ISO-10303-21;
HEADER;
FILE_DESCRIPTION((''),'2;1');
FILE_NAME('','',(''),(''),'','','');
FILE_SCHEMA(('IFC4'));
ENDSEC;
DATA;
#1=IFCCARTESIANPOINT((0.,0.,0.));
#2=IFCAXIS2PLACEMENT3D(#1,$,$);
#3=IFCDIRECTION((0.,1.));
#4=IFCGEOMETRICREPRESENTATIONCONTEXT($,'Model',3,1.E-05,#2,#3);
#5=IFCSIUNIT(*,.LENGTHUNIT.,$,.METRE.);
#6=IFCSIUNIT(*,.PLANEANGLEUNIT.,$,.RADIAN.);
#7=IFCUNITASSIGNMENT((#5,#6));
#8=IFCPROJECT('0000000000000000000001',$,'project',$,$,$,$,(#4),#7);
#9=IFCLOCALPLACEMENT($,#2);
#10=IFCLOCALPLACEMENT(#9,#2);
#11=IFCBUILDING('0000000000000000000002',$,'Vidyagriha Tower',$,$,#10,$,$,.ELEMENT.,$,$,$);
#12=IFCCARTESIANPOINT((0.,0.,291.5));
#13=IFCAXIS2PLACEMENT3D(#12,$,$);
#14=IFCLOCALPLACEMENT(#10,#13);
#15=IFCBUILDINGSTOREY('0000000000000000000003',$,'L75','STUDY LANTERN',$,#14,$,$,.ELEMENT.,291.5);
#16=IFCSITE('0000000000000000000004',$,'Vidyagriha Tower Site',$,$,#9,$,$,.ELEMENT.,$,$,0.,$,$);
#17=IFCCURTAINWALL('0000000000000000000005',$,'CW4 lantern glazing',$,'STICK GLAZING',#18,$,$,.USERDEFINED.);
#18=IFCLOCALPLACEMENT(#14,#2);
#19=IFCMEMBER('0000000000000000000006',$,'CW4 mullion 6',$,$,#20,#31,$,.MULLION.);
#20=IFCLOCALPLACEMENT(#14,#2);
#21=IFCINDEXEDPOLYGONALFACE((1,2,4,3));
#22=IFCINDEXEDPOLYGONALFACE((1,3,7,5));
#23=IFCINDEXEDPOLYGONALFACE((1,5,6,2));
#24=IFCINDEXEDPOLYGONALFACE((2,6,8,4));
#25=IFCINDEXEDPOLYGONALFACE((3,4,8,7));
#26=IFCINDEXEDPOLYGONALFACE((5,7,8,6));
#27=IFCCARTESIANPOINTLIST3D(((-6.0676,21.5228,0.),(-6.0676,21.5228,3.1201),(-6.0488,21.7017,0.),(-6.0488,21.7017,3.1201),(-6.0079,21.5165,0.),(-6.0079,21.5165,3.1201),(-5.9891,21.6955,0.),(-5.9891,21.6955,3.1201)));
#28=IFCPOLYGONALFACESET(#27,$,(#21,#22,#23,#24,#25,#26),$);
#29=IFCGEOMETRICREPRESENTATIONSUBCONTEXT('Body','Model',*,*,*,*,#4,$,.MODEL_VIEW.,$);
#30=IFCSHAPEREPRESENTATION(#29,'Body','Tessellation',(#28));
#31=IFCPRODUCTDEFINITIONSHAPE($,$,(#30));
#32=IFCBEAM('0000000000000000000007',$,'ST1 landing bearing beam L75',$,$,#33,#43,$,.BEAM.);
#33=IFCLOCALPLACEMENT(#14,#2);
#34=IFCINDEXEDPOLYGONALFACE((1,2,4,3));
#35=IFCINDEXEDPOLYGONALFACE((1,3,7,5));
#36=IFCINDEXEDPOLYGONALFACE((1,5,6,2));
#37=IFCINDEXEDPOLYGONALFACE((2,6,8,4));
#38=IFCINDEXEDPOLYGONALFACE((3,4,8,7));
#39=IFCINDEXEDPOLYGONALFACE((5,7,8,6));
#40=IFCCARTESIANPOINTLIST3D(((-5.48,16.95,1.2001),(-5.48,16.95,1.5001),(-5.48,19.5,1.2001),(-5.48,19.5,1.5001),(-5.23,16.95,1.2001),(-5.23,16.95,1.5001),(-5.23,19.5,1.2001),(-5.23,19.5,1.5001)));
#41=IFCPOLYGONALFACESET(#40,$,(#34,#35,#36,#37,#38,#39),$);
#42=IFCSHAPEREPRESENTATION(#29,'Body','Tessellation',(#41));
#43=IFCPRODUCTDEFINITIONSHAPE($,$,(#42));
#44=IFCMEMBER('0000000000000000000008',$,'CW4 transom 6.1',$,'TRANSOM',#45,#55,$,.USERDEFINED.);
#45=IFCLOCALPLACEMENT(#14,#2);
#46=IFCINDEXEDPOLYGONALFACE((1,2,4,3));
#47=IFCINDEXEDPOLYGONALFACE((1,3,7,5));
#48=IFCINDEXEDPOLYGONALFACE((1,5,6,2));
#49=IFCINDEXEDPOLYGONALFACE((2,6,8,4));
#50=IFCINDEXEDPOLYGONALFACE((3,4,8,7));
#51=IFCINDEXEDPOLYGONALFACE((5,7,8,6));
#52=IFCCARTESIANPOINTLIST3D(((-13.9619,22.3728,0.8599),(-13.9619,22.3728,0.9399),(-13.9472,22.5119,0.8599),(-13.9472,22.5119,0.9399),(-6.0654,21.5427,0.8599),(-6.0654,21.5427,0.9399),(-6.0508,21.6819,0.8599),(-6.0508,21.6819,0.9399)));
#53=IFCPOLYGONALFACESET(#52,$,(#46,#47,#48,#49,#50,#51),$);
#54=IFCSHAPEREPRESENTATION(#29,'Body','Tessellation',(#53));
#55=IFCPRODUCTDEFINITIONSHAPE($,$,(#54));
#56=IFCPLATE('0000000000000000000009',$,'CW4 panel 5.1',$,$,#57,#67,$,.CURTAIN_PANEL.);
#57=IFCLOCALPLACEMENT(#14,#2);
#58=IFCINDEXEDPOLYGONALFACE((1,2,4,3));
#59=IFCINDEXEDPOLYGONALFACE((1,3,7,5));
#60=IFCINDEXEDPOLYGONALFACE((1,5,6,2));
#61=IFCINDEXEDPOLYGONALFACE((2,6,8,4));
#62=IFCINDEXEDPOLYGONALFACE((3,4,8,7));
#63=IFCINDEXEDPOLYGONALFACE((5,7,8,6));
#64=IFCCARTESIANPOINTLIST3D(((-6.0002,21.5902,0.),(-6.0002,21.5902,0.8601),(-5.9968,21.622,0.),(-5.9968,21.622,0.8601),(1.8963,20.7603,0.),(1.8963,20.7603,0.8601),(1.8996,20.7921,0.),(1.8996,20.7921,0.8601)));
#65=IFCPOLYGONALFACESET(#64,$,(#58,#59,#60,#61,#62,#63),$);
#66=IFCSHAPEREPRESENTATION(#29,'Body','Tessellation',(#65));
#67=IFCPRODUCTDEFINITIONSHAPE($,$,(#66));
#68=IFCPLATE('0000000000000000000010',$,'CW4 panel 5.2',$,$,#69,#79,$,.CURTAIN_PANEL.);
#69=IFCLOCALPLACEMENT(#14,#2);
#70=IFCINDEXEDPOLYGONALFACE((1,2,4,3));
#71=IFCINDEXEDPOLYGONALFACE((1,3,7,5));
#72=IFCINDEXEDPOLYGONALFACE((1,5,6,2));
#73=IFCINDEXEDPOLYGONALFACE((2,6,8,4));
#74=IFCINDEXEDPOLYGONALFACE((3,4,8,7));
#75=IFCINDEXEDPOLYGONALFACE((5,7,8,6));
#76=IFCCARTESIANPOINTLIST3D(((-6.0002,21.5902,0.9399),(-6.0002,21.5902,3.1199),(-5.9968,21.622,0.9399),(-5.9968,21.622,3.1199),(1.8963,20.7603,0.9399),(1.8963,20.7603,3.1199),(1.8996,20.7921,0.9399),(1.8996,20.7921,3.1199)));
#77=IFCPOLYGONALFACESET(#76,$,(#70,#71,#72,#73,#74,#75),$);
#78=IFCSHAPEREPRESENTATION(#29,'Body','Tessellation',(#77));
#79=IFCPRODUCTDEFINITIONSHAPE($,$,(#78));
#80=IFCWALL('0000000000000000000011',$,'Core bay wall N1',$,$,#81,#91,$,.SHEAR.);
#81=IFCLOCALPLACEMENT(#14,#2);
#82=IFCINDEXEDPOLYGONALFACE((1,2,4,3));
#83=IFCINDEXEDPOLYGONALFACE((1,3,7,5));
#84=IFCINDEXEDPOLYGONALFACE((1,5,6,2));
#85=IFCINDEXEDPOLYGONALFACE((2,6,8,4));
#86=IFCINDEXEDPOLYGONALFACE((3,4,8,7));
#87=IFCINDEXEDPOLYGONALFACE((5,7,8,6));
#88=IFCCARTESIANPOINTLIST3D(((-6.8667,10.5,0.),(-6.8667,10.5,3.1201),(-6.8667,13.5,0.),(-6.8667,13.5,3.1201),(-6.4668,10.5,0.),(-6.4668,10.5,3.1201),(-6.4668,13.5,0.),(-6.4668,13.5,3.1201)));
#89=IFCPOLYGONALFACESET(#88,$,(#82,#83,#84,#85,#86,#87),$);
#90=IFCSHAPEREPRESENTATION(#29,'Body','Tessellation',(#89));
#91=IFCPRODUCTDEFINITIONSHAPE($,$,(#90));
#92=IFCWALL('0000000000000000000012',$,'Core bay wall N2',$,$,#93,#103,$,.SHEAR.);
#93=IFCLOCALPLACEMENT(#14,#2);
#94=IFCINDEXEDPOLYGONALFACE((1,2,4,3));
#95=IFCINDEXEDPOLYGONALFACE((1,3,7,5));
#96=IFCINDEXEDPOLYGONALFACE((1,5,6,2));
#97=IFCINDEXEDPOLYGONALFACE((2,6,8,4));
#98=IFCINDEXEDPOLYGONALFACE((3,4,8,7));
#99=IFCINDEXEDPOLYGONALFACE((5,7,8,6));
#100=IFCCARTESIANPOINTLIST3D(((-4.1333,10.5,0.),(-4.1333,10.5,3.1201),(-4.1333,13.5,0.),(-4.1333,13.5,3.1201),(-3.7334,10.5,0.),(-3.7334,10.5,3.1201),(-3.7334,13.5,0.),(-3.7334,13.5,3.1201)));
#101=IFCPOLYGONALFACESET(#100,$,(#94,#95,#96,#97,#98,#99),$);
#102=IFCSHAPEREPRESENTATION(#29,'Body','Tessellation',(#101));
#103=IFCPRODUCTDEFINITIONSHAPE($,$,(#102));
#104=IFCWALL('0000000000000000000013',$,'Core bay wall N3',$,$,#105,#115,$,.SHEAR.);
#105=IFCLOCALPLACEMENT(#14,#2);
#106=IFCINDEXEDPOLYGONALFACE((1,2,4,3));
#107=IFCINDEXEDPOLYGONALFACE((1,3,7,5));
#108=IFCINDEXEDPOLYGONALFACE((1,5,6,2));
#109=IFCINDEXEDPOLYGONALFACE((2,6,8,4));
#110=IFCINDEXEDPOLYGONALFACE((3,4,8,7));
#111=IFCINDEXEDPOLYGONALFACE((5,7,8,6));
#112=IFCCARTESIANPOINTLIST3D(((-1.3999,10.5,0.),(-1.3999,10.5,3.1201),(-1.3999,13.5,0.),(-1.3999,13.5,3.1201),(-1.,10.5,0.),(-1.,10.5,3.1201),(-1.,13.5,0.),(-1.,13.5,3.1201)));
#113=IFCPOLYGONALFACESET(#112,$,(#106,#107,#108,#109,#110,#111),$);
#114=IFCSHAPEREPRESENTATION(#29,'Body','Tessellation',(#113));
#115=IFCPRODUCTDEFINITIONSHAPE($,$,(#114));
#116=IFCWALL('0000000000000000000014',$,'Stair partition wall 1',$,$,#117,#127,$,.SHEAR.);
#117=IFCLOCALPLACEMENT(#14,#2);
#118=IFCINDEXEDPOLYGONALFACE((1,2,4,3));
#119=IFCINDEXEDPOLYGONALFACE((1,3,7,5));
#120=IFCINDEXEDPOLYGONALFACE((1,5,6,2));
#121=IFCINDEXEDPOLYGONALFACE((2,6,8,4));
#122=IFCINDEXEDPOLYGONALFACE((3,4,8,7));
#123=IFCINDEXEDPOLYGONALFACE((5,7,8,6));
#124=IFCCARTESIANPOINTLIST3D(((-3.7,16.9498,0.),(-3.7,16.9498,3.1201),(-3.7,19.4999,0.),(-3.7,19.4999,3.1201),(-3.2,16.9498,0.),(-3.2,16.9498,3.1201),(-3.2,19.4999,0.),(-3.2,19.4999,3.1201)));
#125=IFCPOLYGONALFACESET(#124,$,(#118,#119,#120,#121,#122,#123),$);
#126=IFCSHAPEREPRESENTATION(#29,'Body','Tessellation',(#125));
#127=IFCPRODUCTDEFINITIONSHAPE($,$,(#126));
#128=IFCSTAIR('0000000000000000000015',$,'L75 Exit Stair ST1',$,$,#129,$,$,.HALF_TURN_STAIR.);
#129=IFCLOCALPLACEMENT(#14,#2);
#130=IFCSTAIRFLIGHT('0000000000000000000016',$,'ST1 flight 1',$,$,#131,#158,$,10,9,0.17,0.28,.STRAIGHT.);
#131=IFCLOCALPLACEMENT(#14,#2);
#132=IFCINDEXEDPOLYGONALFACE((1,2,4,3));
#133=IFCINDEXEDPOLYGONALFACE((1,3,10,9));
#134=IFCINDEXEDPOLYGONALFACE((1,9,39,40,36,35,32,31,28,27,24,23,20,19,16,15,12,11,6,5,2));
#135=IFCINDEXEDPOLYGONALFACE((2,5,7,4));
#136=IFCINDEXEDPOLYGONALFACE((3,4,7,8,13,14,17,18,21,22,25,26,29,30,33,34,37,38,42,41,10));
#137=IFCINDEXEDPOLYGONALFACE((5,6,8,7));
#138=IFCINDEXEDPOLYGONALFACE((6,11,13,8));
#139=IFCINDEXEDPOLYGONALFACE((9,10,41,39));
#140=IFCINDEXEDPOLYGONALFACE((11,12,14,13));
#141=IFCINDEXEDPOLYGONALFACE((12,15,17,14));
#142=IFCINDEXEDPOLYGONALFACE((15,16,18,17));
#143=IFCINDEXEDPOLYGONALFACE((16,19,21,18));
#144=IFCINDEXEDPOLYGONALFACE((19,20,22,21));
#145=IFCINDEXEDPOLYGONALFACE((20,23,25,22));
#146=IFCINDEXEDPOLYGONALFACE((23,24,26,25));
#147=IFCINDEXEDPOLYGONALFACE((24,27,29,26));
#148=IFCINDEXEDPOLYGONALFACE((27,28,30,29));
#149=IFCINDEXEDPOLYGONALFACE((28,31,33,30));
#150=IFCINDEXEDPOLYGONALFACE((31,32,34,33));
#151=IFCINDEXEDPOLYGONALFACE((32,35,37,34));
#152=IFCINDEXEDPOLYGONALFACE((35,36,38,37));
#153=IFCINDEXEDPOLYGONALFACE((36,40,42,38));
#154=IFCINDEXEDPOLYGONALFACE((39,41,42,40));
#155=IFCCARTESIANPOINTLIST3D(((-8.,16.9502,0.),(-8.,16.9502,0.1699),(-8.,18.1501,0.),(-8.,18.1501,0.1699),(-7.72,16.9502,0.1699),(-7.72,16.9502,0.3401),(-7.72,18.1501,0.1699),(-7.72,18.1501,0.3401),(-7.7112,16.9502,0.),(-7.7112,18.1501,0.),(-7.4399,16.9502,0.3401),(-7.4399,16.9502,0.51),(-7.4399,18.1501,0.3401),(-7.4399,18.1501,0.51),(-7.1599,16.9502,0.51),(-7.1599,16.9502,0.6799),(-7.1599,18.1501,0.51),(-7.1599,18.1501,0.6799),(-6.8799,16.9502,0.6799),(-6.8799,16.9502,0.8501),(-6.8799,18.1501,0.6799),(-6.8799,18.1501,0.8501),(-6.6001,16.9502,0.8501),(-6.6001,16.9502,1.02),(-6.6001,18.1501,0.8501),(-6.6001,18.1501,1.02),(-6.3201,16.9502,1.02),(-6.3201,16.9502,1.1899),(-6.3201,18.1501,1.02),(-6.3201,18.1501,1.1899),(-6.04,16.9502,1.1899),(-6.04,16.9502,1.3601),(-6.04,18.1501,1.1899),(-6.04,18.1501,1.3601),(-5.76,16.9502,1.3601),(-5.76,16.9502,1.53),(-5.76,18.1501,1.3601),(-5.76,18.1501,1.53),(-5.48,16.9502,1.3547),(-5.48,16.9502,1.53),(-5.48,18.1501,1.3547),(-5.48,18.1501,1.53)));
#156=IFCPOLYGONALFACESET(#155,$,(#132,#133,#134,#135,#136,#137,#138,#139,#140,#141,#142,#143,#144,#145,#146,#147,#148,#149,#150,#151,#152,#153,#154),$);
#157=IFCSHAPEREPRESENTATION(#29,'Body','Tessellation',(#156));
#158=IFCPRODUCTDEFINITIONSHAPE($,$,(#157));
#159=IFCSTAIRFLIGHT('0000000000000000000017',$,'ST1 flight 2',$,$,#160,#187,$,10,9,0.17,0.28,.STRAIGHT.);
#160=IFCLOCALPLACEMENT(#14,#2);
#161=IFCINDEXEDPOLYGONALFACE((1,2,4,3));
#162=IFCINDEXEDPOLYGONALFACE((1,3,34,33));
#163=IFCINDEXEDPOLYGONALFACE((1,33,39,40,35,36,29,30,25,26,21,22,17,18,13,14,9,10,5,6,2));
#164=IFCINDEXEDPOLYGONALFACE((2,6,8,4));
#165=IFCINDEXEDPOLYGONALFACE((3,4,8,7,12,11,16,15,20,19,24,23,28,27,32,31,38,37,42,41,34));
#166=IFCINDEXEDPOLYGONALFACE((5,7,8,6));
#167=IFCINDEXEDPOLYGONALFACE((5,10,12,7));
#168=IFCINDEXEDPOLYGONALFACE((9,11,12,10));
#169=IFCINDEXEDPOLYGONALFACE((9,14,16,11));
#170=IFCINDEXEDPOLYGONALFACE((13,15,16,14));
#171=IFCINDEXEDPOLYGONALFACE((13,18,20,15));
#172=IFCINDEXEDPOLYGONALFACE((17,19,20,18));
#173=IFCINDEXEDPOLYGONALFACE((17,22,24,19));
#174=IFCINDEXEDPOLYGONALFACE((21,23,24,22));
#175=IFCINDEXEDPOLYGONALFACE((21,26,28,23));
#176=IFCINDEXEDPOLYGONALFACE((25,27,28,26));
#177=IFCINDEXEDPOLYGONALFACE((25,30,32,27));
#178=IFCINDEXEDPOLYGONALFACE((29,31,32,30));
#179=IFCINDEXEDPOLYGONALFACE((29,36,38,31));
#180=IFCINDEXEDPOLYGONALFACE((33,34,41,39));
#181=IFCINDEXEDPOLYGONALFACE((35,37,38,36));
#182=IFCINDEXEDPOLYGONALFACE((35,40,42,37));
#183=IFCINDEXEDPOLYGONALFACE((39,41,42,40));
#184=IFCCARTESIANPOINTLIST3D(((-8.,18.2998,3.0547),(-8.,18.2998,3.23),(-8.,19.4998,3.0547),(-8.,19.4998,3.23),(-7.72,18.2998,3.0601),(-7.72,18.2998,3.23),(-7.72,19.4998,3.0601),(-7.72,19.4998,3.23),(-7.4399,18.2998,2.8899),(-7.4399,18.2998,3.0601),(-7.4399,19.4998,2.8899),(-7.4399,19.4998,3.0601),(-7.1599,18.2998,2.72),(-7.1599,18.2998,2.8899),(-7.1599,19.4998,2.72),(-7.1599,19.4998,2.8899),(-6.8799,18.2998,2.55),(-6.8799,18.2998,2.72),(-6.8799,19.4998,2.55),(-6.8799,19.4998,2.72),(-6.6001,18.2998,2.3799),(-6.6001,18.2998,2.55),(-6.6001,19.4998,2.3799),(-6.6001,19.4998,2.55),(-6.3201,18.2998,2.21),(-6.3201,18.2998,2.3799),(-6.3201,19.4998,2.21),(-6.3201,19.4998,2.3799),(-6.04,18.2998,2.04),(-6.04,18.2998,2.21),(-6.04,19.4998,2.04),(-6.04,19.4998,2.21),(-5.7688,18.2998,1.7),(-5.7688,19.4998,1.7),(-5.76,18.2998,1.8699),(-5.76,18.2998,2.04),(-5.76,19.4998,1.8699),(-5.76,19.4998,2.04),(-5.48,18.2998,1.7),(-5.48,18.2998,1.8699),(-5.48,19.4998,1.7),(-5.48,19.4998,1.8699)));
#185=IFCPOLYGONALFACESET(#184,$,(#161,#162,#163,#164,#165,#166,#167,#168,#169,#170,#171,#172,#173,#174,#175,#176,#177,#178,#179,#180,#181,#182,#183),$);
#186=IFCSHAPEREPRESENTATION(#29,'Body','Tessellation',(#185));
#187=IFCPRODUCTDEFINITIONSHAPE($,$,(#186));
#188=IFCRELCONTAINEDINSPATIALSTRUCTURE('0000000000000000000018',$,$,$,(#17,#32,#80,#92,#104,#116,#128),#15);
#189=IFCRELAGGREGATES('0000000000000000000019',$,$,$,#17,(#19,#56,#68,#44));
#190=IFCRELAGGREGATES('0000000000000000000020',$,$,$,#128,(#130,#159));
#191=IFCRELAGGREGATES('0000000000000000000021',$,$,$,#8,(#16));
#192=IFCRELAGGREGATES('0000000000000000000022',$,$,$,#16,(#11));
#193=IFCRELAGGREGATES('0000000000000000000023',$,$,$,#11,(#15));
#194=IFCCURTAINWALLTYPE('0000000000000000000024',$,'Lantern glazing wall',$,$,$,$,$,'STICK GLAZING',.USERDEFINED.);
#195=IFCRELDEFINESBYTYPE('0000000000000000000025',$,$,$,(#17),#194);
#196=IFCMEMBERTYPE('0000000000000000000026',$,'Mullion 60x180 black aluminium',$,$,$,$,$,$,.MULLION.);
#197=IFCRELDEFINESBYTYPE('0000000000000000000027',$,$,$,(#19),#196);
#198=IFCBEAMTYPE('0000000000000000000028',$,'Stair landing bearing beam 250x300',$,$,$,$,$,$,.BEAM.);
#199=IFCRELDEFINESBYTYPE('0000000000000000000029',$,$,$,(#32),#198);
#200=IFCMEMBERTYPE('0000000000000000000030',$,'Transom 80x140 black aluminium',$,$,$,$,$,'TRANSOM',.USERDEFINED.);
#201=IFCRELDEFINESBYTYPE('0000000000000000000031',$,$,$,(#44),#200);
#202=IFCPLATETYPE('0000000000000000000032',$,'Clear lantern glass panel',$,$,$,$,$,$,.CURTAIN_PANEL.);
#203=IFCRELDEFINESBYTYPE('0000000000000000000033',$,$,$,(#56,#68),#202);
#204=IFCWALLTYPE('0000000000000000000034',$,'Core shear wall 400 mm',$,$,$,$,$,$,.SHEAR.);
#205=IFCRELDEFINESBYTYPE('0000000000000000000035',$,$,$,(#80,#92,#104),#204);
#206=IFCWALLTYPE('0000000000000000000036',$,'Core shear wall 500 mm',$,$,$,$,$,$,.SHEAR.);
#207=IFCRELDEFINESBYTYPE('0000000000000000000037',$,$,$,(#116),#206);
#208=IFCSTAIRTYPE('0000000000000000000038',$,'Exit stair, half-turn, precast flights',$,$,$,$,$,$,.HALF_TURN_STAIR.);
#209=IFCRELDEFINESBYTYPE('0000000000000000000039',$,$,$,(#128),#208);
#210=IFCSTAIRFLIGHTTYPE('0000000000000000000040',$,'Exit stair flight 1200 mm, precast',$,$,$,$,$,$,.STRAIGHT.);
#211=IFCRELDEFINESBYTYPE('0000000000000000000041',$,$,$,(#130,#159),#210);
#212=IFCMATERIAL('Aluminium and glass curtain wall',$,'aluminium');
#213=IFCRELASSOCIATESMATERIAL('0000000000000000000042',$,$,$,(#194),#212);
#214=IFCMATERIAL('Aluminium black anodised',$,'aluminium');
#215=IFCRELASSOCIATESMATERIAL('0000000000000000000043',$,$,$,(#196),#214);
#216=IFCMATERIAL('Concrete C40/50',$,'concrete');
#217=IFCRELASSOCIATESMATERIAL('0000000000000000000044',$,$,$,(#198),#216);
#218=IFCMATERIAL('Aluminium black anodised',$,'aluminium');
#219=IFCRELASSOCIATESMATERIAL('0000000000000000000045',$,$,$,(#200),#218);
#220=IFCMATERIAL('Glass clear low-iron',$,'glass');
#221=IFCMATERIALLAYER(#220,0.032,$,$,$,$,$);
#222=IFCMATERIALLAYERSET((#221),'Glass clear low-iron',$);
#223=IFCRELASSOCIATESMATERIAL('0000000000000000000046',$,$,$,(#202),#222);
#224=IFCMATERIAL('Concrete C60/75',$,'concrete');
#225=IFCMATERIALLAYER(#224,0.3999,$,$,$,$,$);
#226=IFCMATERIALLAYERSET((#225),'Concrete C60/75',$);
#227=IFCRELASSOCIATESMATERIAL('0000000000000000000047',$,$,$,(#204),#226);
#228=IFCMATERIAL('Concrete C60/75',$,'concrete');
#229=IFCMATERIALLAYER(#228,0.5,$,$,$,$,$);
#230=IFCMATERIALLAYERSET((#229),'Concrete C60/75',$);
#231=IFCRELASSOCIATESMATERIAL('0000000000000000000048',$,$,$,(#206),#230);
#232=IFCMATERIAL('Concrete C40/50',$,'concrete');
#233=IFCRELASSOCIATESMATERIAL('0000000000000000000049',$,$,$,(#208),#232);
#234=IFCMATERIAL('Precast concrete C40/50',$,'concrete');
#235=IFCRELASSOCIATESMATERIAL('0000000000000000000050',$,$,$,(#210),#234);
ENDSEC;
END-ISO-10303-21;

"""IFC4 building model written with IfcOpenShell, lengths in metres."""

from ifc_helpers import new_model, si_unit, direction, frame, frame_2d, origin, origin_2d, place, context, subcontext, project, spatial, polyline, rectangle, outline, extrude, material, layer, layer_set, material_profile, profile_set, type_object, element, aggregate, save


model = new_model("IFC4")

# Units and contexts
model_context = context("Model", 3, precision=1e-05, world=origin(), true_north=direction((0.0, 1.0)))
body_context = subcontext(model_context, "Body", "Model", "MODEL_VIEW")
ifc_project = project(units=[si_unit("LENGTHUNIT", "METRE"), si_unit("PLANEANGLEUNIT", "RADIAN")], contexts=[model_context])

# Site, building, storey
site_placement = place(None, origin())
site = spatial("IfcSite", under=ifc_project, at=site_placement, Name="Vidyagriha Tower Site", CompositionType="ELEMENT", RefElevation=0.0)
building_placement = place(site_placement, origin())
building = spatial("IfcBuilding", under=site, at=building_placement, Name="Vidyagriha Tower", CompositionType="ELEMENT")
storey_placement = place(building_placement, frame((0.0, 0.0, 291.5)))
storey = spatial("IfcBuildingStorey", under=building, at=storey_placement, Name="L75", Description="STUDY LANTERN", CompositionType="ELEMENT", Elevation=291.5)

# Curtain wall, member
ifc_material_1 = material(Name="Aluminium and glass curtain wall", Category="aluminium")
curtain_wall_type = type_object("IfcCurtainWallType", Name="Lantern glazing wall", ElementType="STICK GLAZING", PredefinedType="USERDEFINED", material=ifc_material_1)
curtain_wall_placement = place(storey_placement, origin())
curtain_wall = element("IfcCurtainWall", 1, at=curtain_wall_placement, inside=storey, type_object=curtain_wall_type, Name="CW4 lantern glazing", ObjectType="STICK GLAZING", PredefinedType="USERDEFINED")
ifc_material_2 = material(Name="Aluminium black anodised", Category="aluminium")
ifc_material_profile_1 = material_profile(ifc_material_2, rectangle(XDim=0.1799, YDim=0.0601, at=origin_2d()), Name="Mullion 60x180 black aluminium")
ifc_profile_set_1 = profile_set([ifc_material_profile_1], Name="Aluminium black anodised")
member_type_1 = type_object("IfcMemberType", Name="Mullion 60x180 black aluminium", PredefinedType="MULLION", material=ifc_profile_set_1)
member_1_placement = place(storey_placement, frame((-6.0283, 21.6091, 0.0), z_axis=(0.0, 0.0, 1.0), x_axis=(-0.104528, -0.994522, 0.0)))
member_1 = element("IfcMember", 2, at=member_1_placement, type_object=member_type_1, Name="CW4 mullion 6", PredefinedType="MULLION", context=body_context, shape_type="SweptSolid", body=[
    extrude(rectangle(XDim=0.1799, YDim=0.0601, at=origin_2d()), origin(), (0.0, 0.0, 1.0), 3.1201),
])

# Beam
ifc_material_3 = material(Name="Concrete C40/50", Category="concrete")
ifc_material_profile_2 = material_profile(ifc_material_3, rectangle(XDim=0.25, YDim=0.3, at=origin_2d()), Name="Stair landing bearing beam 250x300")
ifc_profile_set_2 = profile_set([ifc_material_profile_2], Name="Concrete C40/50")
beam_type = type_object("IfcBeamType", Name="Stair landing bearing beam 250x300", PredefinedType="BEAM", material=ifc_profile_set_2)
beam_placement = place(storey_placement, frame((-5.355, 16.95, 1.3501), z_axis=(0.0, 1.0, 0.0), x_axis=(-1.0, 0.0, 0.0)))
element("IfcBeam", 3, at=beam_placement, inside=storey, type_object=beam_type, Name="ST1 landing bearing beam L75", PredefinedType="BEAM", context=body_context, shape_type="SweptSolid", body=[
    extrude(rectangle(XDim=0.25, YDim=0.3, at=origin_2d()), origin(), (0.0, 0.0, 1.0), 2.55),
])

# Member
ifc_material_4 = material(Name="Aluminium black anodised", Category="aluminium")
ifc_material_profile_3 = material_profile(ifc_material_4, rectangle(XDim=0.1399, YDim=0.0801, at=origin_2d()), Name="Transom 80x140 black aluminium")
ifc_profile_set_3 = profile_set([ifc_material_profile_3], Name="Aluminium black anodised")
member_type_2 = type_object("IfcMemberType", Name="Transom 80x140 black aluminium", ElementType="TRANSOM", PredefinedType="USERDEFINED", material=ifc_profile_set_3)
member_2_placement = place(storey_placement, frame((-6.0581, 21.6123, 0.8999), z_axis=(-0.99452, 0.104544, 0.0), x_axis=(-0.104544, -0.99452, 0.0)))
member_2 = element("IfcMember", 4, at=member_2_placement, type_object=member_type_2, Name="CW4 transom 6.1", ObjectType="TRANSOM", PredefinedType="USERDEFINED", context=body_context, shape_type="SweptSolid", body=[
    extrude(rectangle(XDim=0.1399, YDim=0.0801, at=origin_2d()), origin(), (0.0, 0.0, 1.0), 7.9399),
])

# Plates
ifc_material_5 = material(Name="Glass clear low-iron", Category="glass")
ifc_layer_1 = layer(ifc_material_5, 0.032)
ifc_layer_set_1 = layer_set([ifc_layer_1], Name="Glass clear low-iron")
plate_type = type_object("IfcPlateType", Name="Clear lantern glass panel", PredefinedType="CURTAIN_PANEL", material=ifc_layer_set_1)
plate_1_placement = place(storey_placement, frame((-2.0503, 21.1912, 0.0), z_axis=(0.0, 0.0, 1.0), x_axis=(-0.994522, 0.104528, 0.0)))
plate_1 = element("IfcPlate", 5, at=plate_1_placement, type_object=plate_type, Name="CW4 panel 5.1", PredefinedType="CURTAIN_PANEL", context=body_context, shape_type="SweptSolid", body=[
    extrude(rectangle(XDim=7.9399, YDim=0.032, at=origin_2d()), origin(), (0.0, 0.0, 1.0), 0.8601),
])
plate_2_placement = place(storey_placement, frame((-2.0503, 21.1912, 0.9399), z_axis=(0.0, 0.0, 1.0), x_axis=(-0.994522, 0.104528, 0.0)))
plate_2 = element("IfcPlate", 6, at=plate_2_placement, type_object=plate_type, Name="CW4 panel 5.2", PredefinedType="CURTAIN_PANEL", context=body_context, shape_type="SweptSolid", body=[
    extrude(rectangle(XDim=7.9399, YDim=0.032, at=origin_2d()), origin(), (0.0, 0.0, 1.0), 2.1799),
])
aggregate(curtain_wall, [member_1, plate_1, plate_2, member_2])

# Walls
ifc_material_6 = material(Name="Concrete C60/75", Category="concrete")
ifc_layer_2 = layer(ifc_material_6, 0.3999)
ifc_layer_set_2 = layer_set([ifc_layer_2], Name="Concrete C60/75")
wall_type_1 = type_object("IfcWallType", Name="Core shear wall 400 mm", PredefinedType="SHEAR", material=ifc_layer_set_2)
for number, where, z_axis, x_axis, name in (
    (7, (-6.6667, 10.5, 0.0), (0.0, 0.0, 1.0), (0.0, 1.0, 0.0), "Core bay wall N1"),
    (8, (-3.9333, 10.5, 0.0), (0.0, 0.0, 1.0), (0.0, 1.0, 0.0), "Core bay wall N2"),
    (9, (-1.2, 10.5, 0.0), (0.0, 0.0, 1.0), (0.0, 1.0, 0.0), "Core bay wall N3"),
):
    element("IfcWall", number, at=place(storey_placement, frame(where, z_axis=z_axis, x_axis=x_axis)), inside=storey, type_object=wall_type_1, Name=name, PredefinedType="SHEAR", context=body_context, shape_type="SweptSolid", body=[
        extrude(rectangle(XDim=3.0, YDim=0.3999, at=frame_2d((1.5, 0.0))), origin(), (0.0, 0.0, 1.0), 3.1201),
    ])
ifc_material_7 = material(Name="Concrete C60/75", Category="concrete")
ifc_layer_3 = layer(ifc_material_7, 0.5)
ifc_layer_set_3 = layer_set([ifc_layer_3], Name="Concrete C60/75")
wall_type_2 = type_object("IfcWallType", Name="Core shear wall 500 mm", PredefinedType="SHEAR", material=ifc_layer_set_3)
wall_placement = place(storey_placement, frame((-3.45, 16.95, 0.0), z_axis=(0.0, 0.0, 1.0), x_axis=(0.0, 1.0, 0.0)))
element("IfcWall", 10, at=wall_placement, inside=storey, type_object=wall_type_2, Name="Stair partition wall 1", PredefinedType="SHEAR", context=body_context, shape_type="SweptSolid", body=[
    extrude(rectangle(XDim=2.55, YDim=0.5, at=frame_2d((1.2749, 0.0))), origin(), (0.0, 0.0, 1.0), 3.1201),
])

# Stair, stair flights
ifc_material_8 = material(Name="Concrete C40/50", Category="concrete")
stair_type = type_object("IfcStairType", Name="Exit stair, half-turn, precast flights", PredefinedType="HALF_TURN_STAIR", material=ifc_material_8)
stair_1_placement = place(storey_placement, origin())
stair_1 = element("IfcStair", 11, at=stair_1_placement, inside=storey, type_object=stair_type, Name="L75 Exit Stair ST1", PredefinedType="HALF_TURN_STAIR")
ifc_material_9 = material(Name="Precast concrete C40/50", Category="concrete")
stair_flight_type = type_object("IfcStairFlightType", Name="Exit stair flight 1200 mm, precast", PredefinedType="STRAIGHT", material=ifc_material_9)
stair_flight_1_placement = place(storey_placement, frame((-8.0, 17.55, 0.0)))
stair_flight_1 = element("IfcStairFlight", 12, at=stair_flight_1_placement, type_object=stair_flight_type, Name="ST1 flight 1", NumberOfRisers=10, NumberOfTreads=9, PredefinedType="STRAIGHT", RiserHeight=0.17, TreadLength=0.28, context=body_context, shape_type="SweptSolid", body=[
    extrude(outline(polyline([(0.0, 0.0), (0.0, 0.1699), (0.28, 0.1699), (0.28, 0.3401), (0.5601, 0.3401), (0.5601, 0.51), (0.8401, 0.51), (0.8401, 0.6799), (1.1201, 0.6799), (1.1201, 0.8501), (1.3999, 0.8501), (1.3999, 1.02), (1.6799, 1.02), (1.6799, 1.1899), (1.96, 1.1899), (1.96, 1.3601), (2.24, 1.3601), (2.24, 1.53), (2.52, 1.53), (2.52, 1.7), (2.52, 1.3547), (0.2888, 0.0), (0.0, 0.0)])), frame((0.0, 0.6001, 0.0), z_axis=(0.0, -1.0, 0.0), x_axis=(1.0, 0.0, 0.0)), (0.0, 0.0, 1.0), 1.2),
])
stair_flight_2_placement = place(storey_placement, frame((-5.48, 18.8999, 1.7), z_axis=(0.0, 0.0, 1.0), x_axis=(-1.0, 0.0, 0.0)))
stair_flight_2 = element("IfcStairFlight", 13, at=stair_flight_2_placement, type_object=stair_flight_type, Name="ST1 flight 2", NumberOfRisers=10, NumberOfTreads=9, PredefinedType="STRAIGHT", RiserHeight=0.17, TreadLength=0.28, context=body_context, shape_type="SweptSolid", body=[
    extrude(outline(polyline([(0.0, 0.0), (0.0, 0.1699), (0.28, 0.1699), (0.28, 0.3401), (0.5601, 0.3401), (0.5601, 0.51), (0.8401, 0.51), (0.8401, 0.6799), (1.1201, 0.6799), (1.1201, 0.8501), (1.3999, 0.8501), (1.3999, 1.02), (1.6799, 1.02), (1.6799, 1.1899), (1.96, 1.1899), (1.96, 1.3601), (2.24, 1.3601), (2.24, 1.53), (2.52, 1.53), (2.52, 1.7), (2.52, 1.3547), (0.2888, 0.0), (0.0, 0.0)])), frame((0.0, 0.6001, 0.0), z_axis=(0.0, -1.0, 0.0), x_axis=(1.0, 0.0, 0.0)), (0.0, 0.0, 1.0), 1.2),
])
aggregate(stair_1, [stair_flight_1, stair_flight_2])

save(model, "model.ifc")
